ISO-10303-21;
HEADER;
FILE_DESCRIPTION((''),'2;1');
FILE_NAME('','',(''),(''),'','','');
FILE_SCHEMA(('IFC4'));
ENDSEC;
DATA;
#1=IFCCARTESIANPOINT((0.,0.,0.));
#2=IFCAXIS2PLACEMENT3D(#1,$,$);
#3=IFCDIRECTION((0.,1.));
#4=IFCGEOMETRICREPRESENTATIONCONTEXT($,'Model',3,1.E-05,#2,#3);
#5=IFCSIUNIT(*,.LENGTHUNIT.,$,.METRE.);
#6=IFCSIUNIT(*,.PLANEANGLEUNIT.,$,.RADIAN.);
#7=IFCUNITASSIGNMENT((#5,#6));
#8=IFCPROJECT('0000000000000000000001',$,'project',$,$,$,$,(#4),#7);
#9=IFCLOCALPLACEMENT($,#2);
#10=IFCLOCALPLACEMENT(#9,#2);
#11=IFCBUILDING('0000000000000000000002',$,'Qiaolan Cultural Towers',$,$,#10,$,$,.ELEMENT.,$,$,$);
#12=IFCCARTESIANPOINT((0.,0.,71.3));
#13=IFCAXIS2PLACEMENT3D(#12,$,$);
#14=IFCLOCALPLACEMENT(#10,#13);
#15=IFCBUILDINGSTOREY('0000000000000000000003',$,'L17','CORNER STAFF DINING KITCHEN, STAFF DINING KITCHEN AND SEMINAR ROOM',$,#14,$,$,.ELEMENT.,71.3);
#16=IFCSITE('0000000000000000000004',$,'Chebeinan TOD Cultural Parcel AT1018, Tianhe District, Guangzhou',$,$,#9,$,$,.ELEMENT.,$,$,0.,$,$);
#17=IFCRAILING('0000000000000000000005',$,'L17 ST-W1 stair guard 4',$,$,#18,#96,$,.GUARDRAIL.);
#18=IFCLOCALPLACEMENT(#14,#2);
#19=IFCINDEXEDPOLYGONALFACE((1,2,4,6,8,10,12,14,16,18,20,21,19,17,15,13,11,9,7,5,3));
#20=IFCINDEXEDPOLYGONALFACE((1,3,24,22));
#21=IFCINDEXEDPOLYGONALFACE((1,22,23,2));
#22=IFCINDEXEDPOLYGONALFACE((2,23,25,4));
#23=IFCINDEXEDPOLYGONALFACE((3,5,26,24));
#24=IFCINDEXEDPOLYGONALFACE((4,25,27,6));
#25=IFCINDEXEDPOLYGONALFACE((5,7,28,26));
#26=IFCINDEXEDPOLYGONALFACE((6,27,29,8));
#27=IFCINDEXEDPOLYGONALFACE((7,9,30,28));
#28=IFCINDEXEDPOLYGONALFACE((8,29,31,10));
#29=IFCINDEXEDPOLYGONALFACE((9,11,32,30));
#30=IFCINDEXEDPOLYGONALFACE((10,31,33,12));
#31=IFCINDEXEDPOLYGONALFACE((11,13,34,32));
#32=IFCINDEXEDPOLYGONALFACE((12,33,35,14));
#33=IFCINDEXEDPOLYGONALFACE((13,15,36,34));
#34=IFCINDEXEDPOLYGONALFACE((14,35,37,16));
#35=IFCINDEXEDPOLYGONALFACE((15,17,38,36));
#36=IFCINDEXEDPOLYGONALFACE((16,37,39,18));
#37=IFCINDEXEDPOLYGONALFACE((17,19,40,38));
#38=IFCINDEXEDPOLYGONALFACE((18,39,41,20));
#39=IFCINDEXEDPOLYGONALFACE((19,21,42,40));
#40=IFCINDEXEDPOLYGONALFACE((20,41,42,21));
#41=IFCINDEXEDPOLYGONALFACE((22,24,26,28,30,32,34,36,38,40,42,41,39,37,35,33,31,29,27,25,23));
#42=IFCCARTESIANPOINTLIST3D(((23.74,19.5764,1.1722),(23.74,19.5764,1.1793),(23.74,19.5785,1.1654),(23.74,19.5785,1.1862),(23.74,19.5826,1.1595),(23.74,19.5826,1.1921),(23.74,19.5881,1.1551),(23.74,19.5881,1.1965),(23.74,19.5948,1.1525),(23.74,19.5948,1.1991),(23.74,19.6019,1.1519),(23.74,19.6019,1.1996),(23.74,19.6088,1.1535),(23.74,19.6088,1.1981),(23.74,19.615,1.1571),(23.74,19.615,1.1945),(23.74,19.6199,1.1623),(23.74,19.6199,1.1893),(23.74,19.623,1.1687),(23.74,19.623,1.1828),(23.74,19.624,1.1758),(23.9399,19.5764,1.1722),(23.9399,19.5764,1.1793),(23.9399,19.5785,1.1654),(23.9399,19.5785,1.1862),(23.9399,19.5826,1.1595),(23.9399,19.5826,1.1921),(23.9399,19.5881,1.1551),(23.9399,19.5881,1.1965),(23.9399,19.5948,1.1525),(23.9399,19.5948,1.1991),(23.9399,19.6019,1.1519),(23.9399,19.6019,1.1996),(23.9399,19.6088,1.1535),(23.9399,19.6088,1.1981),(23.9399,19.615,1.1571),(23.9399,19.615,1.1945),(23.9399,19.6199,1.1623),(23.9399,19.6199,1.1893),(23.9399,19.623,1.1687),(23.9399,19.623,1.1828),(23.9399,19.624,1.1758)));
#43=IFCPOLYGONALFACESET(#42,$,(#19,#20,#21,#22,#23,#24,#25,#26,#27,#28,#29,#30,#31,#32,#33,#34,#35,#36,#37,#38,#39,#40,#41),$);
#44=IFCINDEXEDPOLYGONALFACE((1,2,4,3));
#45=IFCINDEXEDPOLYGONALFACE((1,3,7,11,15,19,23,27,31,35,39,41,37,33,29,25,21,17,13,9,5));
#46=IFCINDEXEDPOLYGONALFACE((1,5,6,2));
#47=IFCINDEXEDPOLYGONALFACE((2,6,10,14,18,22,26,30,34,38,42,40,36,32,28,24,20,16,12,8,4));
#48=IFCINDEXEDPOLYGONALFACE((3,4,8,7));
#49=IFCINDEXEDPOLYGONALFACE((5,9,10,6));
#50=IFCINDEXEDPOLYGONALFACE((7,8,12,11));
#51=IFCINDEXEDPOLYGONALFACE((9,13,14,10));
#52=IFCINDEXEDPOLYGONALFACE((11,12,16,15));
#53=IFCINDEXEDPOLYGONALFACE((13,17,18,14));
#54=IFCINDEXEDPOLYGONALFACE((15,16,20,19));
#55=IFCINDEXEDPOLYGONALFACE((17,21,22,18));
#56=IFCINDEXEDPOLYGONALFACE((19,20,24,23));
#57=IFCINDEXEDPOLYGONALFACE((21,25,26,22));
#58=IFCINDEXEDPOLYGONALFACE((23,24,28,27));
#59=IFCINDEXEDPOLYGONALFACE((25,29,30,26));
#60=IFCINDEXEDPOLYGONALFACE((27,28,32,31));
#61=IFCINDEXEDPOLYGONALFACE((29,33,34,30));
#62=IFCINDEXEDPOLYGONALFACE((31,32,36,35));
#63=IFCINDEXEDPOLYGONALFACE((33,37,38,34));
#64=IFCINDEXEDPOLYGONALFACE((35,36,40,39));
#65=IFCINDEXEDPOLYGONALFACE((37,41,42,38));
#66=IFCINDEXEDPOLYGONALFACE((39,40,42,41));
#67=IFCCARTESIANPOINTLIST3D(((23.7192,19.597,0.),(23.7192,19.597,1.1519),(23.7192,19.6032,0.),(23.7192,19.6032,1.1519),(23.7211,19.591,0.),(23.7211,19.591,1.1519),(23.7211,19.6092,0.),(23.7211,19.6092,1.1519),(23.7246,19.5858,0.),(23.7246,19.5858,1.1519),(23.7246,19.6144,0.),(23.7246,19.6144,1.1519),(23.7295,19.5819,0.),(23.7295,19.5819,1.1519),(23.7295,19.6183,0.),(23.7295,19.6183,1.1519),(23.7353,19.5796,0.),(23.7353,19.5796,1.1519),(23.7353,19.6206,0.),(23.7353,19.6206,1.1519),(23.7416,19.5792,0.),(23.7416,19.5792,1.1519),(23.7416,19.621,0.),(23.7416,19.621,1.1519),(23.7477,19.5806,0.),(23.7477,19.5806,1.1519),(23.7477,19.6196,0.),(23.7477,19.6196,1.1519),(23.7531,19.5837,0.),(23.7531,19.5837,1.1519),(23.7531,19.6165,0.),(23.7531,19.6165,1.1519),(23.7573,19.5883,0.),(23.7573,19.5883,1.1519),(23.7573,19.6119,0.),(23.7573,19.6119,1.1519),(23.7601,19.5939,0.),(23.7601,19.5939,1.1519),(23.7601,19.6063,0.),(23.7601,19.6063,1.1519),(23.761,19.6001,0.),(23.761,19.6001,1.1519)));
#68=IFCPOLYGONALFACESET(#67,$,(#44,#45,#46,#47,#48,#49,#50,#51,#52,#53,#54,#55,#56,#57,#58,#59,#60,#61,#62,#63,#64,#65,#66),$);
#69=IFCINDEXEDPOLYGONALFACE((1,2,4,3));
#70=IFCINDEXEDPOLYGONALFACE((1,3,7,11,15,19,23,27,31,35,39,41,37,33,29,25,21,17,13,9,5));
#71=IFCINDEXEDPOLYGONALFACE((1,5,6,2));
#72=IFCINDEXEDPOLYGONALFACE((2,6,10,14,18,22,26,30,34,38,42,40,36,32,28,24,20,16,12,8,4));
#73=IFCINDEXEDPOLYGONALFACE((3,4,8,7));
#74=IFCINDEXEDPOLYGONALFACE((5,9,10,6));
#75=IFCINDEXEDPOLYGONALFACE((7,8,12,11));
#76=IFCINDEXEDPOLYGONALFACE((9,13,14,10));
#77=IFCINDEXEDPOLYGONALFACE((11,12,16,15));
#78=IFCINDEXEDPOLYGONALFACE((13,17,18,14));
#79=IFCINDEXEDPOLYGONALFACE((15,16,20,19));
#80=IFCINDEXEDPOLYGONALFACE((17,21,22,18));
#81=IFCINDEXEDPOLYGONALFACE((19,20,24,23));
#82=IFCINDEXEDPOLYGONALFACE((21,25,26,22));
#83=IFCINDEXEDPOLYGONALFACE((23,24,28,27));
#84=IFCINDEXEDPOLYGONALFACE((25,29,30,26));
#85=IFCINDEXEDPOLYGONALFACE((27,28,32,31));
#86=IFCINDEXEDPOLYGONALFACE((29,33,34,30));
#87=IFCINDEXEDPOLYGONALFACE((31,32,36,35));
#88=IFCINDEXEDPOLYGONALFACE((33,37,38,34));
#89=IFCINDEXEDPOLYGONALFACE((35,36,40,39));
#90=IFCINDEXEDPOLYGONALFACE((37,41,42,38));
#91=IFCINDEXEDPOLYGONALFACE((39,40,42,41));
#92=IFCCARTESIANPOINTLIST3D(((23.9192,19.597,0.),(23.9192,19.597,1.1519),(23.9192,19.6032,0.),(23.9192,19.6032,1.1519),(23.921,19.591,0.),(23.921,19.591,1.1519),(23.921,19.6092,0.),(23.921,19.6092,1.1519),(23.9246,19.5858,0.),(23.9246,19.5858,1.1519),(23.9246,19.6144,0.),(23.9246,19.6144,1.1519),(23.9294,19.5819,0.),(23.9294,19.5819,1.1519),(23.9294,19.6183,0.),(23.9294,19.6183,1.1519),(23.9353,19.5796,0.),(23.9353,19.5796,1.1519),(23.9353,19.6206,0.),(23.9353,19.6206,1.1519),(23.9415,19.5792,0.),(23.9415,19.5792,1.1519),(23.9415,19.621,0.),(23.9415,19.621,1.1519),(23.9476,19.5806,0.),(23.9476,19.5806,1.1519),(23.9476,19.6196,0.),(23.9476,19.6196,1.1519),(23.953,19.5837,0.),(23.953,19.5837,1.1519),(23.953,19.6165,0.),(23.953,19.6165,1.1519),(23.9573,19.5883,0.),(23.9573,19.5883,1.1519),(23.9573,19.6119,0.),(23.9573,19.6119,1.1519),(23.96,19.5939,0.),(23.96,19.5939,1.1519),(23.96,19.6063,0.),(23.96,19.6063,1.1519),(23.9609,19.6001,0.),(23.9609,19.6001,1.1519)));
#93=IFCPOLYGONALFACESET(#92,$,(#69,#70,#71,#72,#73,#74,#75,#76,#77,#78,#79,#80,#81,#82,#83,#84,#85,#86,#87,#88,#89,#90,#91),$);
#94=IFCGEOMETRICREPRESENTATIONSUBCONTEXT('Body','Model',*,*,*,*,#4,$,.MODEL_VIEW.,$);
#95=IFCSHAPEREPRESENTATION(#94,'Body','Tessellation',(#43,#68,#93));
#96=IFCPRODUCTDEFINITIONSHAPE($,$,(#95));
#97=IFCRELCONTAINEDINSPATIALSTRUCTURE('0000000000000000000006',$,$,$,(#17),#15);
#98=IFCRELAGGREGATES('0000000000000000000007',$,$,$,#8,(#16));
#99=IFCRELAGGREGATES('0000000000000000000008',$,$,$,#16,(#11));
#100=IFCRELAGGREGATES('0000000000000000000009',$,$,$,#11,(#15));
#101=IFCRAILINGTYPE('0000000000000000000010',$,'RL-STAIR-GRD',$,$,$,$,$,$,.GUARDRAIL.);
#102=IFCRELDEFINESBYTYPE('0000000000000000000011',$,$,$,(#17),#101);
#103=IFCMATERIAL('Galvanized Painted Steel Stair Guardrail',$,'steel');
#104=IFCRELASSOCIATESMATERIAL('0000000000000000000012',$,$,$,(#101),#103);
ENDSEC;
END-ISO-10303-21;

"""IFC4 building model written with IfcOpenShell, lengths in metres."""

from ifc_helpers import new_model, si_unit, direction, frame, origin, origin_2d, place, context, subcontext, project, spatial, circle, extrude, material, type_object, element, save


model = new_model("IFC4")

# Units and contexts
model_context = context("Model", 3, precision=1e-05, world=origin(), true_north=direction((0.0, 1.0)))
body_context = subcontext(model_context, "Body", "Model", "MODEL_VIEW")
ifc_project = project(units=[si_unit("LENGTHUNIT", "METRE"), si_unit("PLANEANGLEUNIT", "RADIAN")], contexts=[model_context])

# Site, building, storey
site_placement = place(None, origin())
site = spatial("IfcSite", under=ifc_project, at=site_placement, Name="Chebeinan TOD Cultural Parcel AT1018, Tianhe District, Guangzhou", CompositionType="ELEMENT", RefElevation=0.0)
building_placement = place(site_placement, origin())
building = spatial("IfcBuilding", under=site, at=building_placement, Name="Qiaolan Cultural Towers", CompositionType="ELEMENT")
storey_placement = place(building_placement, frame((0.0, 0.0, 71.3)))
storey = spatial("IfcBuildingStorey", under=building, at=storey_placement, Name="L17", Description="CORNER STAFF DINING KITCHEN, STAFF DINING KITCHEN AND SEMINAR ROOM", CompositionType="ELEMENT", Elevation=71.3)

# Railing
ifc_material_1 = material(Name="Galvanized Painted Steel Stair Guardrail", Category="steel")
railing_type_1 = type_object("IfcRailingType", Name="RL-STAIR-GRD", PredefinedType="GUARDRAIL", material=ifc_material_1)
railing_1_placement = place(storey_placement, frame((23.74, 19.6001, 0.0)))
element("IfcRailing", 1, at=railing_1_placement, inside=storey, type_object=railing_type_1, Name="L17 ST-W1 stair guard 4", PredefinedType="GUARDRAIL", context=body_context, shape_type="SweptSolid", body=[
    extrude(circle(Radius=0.0239, at=origin_2d()), frame((0.0, 0.0, 1.1758), z_axis=(1.0, 0.0, 0.0), x_axis=(0.0, 1.0, 0.0)), (0.0, 0.0, 1.0), 0.2),
    extrude(circle(Radius=0.021, at=origin_2d()), origin(), (0.0, 0.0, 1.0), 1.1519),
    extrude(circle(Radius=0.021, at=origin_2d()), frame((0.2, 0.0, 0.0)), (0.0, 0.0, 1.0), 1.1519),
])

save(model, "model.ifc")
